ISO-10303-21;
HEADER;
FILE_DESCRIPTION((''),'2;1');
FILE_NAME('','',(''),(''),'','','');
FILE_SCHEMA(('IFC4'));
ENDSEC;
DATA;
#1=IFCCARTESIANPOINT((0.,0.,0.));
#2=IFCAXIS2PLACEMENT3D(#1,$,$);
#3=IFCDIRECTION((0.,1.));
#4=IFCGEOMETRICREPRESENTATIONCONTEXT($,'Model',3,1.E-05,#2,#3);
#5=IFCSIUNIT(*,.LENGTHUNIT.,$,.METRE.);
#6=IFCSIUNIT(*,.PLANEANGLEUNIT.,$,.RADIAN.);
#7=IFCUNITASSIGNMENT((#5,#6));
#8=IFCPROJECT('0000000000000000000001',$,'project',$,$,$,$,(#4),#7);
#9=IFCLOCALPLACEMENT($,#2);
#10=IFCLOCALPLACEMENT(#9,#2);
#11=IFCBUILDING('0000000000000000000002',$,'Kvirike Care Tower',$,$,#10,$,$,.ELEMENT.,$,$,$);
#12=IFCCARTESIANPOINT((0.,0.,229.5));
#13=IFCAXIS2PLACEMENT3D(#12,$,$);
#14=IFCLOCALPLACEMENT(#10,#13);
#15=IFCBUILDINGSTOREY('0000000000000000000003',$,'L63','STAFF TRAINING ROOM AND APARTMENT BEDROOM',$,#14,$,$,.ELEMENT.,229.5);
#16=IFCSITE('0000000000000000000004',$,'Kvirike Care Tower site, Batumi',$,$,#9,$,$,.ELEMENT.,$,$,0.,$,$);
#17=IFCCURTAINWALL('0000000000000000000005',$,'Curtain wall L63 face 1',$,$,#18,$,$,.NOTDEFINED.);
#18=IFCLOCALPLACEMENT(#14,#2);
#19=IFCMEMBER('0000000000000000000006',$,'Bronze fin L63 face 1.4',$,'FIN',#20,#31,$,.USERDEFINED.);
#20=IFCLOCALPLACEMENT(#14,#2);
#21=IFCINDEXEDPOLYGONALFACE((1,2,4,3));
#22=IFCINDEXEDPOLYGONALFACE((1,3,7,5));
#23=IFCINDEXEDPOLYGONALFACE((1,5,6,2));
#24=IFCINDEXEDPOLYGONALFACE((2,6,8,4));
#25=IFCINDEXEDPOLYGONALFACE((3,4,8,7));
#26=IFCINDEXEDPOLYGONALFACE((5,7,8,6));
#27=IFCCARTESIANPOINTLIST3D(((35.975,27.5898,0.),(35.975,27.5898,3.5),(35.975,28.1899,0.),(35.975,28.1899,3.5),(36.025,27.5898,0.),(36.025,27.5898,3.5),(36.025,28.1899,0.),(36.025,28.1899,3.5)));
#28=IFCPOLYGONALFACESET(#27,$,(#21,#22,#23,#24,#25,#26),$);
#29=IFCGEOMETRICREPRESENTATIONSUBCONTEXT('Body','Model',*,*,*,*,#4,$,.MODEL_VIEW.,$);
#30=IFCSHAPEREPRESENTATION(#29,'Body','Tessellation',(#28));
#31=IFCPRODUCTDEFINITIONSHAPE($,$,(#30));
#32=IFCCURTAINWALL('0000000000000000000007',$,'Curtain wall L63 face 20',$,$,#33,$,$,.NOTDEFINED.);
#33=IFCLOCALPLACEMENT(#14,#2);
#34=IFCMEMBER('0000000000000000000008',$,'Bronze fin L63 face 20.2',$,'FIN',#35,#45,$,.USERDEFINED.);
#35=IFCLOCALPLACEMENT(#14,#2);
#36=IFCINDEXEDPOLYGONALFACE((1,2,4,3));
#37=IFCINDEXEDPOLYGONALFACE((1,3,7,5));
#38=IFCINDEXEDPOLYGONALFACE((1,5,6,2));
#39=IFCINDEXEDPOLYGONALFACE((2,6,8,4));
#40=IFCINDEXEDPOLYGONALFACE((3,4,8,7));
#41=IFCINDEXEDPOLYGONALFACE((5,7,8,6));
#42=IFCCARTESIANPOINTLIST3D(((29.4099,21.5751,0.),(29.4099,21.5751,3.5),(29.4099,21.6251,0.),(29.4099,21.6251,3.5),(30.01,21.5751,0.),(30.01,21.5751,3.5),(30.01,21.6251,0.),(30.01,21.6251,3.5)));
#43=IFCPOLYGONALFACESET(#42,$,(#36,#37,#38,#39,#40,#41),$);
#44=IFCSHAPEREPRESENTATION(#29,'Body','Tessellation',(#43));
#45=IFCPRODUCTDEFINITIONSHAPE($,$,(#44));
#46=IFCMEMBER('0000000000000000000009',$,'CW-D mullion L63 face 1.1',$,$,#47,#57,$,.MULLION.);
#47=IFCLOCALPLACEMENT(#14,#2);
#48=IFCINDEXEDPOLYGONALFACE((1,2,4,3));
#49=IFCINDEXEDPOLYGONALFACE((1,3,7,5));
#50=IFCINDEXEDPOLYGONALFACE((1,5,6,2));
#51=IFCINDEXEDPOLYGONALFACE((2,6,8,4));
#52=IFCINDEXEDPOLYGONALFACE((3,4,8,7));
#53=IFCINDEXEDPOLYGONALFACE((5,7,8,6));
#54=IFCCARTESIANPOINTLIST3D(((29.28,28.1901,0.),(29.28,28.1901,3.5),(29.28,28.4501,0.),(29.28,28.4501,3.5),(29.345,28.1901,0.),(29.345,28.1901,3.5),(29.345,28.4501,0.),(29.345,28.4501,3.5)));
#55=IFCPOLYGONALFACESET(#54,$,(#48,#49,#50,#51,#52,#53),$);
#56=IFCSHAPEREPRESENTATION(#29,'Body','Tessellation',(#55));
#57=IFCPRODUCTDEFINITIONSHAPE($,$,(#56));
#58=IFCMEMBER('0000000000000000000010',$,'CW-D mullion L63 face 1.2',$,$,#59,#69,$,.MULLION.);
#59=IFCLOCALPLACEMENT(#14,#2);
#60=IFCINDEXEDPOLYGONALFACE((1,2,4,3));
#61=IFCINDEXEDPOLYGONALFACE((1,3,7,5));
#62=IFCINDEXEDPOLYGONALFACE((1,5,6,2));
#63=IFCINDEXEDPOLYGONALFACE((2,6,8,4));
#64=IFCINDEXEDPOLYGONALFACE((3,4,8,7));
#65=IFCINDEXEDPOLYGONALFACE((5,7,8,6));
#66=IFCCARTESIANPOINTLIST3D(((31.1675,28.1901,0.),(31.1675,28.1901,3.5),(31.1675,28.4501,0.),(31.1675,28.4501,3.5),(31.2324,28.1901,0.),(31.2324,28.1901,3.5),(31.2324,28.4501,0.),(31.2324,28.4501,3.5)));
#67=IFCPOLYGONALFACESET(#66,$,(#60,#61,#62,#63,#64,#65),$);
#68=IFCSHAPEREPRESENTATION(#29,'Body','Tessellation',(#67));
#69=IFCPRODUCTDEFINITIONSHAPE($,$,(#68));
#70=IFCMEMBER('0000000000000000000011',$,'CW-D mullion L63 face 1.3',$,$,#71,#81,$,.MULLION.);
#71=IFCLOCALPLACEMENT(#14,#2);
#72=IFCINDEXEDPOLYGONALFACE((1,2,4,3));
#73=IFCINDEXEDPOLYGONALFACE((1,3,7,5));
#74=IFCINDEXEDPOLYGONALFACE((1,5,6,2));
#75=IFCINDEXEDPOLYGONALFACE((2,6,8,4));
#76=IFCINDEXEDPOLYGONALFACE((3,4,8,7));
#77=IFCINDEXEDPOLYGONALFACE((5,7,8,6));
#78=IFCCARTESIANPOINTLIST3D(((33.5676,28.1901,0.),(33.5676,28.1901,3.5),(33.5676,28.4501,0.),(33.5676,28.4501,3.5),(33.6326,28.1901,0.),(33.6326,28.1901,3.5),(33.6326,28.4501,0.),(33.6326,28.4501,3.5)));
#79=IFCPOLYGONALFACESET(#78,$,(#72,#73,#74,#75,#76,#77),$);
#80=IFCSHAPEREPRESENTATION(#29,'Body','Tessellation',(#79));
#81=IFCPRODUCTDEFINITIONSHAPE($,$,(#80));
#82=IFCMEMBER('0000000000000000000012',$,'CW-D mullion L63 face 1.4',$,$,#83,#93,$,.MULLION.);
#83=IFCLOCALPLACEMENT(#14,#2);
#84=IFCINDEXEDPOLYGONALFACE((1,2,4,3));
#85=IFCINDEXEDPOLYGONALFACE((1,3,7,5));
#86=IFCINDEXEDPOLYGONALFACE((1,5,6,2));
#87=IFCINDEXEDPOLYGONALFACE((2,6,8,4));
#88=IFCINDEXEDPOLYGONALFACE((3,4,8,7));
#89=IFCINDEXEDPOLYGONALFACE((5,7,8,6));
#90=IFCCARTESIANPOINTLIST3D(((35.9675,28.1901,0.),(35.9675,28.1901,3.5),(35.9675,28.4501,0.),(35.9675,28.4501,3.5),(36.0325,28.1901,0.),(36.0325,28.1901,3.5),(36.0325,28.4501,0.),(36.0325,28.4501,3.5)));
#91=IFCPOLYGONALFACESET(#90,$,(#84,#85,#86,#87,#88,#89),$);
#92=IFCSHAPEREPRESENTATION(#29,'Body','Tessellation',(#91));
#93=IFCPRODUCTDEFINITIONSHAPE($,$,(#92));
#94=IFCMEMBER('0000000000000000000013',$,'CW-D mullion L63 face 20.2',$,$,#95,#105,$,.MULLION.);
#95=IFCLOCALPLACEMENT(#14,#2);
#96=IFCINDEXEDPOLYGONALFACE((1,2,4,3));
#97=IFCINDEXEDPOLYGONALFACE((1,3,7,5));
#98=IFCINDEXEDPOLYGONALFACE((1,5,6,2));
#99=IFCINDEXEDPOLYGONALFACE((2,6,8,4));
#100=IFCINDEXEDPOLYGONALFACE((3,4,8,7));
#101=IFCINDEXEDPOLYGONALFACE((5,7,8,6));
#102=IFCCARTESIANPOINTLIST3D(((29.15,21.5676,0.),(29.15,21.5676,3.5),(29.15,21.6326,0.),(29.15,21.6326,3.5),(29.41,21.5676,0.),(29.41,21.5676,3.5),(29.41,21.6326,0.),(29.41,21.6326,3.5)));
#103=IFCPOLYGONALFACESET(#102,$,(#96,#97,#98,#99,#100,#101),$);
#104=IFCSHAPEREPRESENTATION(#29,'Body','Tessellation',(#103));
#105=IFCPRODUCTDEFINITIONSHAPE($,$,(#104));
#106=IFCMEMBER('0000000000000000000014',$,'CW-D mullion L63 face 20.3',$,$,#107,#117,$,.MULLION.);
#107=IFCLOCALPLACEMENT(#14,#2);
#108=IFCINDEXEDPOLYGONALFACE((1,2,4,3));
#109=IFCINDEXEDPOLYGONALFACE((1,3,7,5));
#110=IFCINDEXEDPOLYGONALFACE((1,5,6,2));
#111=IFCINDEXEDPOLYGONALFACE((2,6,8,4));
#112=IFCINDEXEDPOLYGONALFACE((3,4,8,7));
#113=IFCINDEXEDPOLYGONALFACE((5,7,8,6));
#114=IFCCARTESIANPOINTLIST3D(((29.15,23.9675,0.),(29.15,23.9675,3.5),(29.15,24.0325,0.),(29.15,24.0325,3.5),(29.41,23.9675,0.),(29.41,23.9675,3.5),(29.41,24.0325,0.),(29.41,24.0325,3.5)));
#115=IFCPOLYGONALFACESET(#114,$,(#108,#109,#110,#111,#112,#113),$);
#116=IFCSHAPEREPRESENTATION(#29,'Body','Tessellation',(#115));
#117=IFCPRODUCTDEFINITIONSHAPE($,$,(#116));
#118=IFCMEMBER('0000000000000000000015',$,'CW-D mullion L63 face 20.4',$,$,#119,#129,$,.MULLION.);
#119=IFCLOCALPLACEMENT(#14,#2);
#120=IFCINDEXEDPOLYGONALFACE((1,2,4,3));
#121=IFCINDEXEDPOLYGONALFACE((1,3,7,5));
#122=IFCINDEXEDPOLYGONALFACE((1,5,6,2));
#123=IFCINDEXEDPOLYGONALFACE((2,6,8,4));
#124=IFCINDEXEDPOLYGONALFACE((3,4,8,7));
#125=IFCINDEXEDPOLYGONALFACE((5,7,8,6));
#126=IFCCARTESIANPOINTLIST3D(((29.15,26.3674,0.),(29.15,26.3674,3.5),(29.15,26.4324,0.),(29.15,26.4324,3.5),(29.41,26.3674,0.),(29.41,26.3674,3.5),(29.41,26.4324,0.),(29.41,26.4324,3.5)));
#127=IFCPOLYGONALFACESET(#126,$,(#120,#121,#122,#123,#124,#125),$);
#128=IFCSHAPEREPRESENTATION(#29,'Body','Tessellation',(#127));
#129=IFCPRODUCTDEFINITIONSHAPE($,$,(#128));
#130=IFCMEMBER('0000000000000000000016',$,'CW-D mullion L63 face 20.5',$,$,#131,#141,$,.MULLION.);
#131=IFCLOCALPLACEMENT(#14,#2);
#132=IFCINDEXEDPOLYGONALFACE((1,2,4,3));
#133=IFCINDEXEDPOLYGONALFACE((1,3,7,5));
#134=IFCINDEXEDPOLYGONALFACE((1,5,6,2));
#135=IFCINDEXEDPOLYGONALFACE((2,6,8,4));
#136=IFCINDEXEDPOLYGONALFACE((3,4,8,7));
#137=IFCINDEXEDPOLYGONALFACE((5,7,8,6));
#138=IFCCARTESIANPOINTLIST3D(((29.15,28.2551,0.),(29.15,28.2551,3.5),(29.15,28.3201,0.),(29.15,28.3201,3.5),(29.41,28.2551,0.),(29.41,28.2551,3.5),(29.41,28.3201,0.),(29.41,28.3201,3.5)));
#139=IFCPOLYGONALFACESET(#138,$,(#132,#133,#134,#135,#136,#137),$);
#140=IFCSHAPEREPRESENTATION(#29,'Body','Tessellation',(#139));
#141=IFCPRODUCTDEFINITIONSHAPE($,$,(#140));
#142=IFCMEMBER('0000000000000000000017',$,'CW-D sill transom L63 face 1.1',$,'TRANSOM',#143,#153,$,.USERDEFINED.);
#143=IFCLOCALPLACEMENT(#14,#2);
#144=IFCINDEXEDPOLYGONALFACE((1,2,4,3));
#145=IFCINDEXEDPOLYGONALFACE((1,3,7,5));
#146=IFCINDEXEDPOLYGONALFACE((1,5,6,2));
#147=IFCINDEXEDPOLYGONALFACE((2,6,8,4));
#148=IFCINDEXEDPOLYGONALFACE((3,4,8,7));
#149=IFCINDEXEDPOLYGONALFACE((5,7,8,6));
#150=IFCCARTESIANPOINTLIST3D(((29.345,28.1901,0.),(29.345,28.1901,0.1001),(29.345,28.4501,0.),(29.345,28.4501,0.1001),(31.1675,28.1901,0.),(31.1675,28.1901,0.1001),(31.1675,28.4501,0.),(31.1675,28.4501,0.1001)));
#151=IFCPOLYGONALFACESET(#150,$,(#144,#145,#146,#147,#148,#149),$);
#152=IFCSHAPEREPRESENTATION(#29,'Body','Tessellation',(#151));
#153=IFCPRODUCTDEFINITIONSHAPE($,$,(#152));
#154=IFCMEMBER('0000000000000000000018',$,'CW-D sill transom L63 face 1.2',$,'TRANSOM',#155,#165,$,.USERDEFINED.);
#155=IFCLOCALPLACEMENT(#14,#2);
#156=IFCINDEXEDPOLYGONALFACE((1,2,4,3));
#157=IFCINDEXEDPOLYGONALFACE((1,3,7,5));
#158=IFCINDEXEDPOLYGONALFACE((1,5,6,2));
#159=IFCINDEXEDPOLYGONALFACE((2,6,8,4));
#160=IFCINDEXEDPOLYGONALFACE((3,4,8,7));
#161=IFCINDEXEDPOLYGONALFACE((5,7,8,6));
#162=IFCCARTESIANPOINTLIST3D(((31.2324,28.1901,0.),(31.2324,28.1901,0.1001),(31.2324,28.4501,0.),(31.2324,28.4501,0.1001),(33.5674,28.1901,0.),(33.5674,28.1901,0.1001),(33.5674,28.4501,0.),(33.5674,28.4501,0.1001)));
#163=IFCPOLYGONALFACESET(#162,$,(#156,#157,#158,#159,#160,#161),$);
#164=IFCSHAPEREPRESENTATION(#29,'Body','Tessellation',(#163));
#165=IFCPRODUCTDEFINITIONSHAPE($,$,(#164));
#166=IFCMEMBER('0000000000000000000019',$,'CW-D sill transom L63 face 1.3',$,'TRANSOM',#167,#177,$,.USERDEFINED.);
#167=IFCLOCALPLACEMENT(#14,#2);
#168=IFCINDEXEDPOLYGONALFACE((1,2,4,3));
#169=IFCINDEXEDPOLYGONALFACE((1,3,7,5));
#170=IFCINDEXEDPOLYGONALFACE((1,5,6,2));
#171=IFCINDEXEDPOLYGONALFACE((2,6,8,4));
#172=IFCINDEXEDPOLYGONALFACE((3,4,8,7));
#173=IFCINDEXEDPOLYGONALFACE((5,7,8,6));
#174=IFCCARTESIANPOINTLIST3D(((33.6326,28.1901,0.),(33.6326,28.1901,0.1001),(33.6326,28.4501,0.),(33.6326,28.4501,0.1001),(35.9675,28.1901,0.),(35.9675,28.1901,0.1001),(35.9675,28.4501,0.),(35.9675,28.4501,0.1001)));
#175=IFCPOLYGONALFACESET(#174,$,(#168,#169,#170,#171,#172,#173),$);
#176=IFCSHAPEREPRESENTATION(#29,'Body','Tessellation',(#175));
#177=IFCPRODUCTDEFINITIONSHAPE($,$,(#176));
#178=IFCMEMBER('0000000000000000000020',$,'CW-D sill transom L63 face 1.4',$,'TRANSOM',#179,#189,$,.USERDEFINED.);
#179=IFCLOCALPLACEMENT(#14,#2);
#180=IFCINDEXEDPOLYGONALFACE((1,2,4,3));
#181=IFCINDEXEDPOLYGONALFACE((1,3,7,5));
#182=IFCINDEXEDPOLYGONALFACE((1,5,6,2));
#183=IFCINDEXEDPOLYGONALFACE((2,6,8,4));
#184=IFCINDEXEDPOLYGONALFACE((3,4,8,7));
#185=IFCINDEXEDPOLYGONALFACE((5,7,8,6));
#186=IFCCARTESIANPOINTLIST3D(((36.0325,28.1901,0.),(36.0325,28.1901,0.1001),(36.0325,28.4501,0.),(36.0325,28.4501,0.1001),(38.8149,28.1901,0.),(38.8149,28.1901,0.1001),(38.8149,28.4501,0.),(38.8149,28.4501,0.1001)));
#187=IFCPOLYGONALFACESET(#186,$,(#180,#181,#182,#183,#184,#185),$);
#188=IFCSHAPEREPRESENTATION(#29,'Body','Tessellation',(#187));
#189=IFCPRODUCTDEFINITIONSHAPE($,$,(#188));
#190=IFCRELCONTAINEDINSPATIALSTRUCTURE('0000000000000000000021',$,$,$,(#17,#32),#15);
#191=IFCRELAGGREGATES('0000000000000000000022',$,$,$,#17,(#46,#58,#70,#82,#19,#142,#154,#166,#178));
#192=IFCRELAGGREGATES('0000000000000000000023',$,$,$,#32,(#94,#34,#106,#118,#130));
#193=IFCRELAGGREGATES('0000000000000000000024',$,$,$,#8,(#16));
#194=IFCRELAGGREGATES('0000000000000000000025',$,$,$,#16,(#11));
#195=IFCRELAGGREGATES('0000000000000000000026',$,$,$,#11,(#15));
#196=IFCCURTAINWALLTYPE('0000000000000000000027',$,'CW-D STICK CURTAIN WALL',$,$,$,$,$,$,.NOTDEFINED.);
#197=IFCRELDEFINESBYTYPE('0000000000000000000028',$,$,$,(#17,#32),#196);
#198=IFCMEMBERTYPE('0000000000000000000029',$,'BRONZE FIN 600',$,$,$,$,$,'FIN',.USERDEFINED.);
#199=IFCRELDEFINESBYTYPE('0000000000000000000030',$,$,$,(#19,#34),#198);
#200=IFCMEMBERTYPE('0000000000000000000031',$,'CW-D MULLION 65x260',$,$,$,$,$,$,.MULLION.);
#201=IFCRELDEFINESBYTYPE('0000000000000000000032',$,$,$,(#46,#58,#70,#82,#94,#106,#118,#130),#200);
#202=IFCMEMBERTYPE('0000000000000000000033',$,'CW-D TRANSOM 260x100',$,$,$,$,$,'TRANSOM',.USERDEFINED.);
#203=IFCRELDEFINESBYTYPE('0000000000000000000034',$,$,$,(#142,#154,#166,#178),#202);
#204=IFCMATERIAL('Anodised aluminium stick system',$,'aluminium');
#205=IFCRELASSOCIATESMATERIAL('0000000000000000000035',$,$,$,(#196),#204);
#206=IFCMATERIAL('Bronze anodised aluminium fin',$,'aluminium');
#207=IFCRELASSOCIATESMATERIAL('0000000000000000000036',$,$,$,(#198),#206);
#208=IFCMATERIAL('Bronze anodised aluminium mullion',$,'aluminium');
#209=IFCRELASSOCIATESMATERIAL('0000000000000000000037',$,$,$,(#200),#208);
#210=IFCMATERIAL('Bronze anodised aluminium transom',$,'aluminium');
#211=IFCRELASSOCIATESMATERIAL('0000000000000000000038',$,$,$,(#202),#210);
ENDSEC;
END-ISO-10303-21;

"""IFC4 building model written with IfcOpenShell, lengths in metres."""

from ifc_helpers import new_model, si_unit, direction, frame, origin, origin_2d, place, context, subcontext, project, spatial, rectangle, extrude, material, material_profile, profile_set, type_object, element, aggregate, save


model = new_model("IFC4")

# Units and contexts
model_context = context("Model", 3, precision=1e-05, world=origin(), true_north=direction((0.0, 1.0)))
body_context = subcontext(model_context, "Body", "Model", "MODEL_VIEW")
ifc_project = project(units=[si_unit("LENGTHUNIT", "METRE"), si_unit("PLANEANGLEUNIT", "RADIAN")], contexts=[model_context])

# Site, building, storey
site_placement = place(None, origin())
site = spatial("IfcSite", under=ifc_project, at=site_placement, Name="Kvirike Care Tower site, Batumi", CompositionType="ELEMENT", RefElevation=0.0)
building_placement = place(site_placement, origin())
building = spatial("IfcBuilding", under=site, at=building_placement, Name="Kvirike Care Tower", CompositionType="ELEMENT")
storey_placement = place(building_placement, frame((0.0, 0.0, 229.5)))
storey = spatial("IfcBuildingStorey", under=building, at=storey_placement, Name="L63", Description="STAFF TRAINING ROOM AND APARTMENT BEDROOM", CompositionType="ELEMENT", Elevation=229.5)

# Curtain walls, members
ifc_material_1 = material(Name="Anodised aluminium stick system", Category="aluminium")
curtain_wall_type = type_object("IfcCurtainWallType", Name="CW-D STICK CURTAIN WALL", PredefinedType="NOTDEFINED", material=ifc_material_1)
curtain_wall_1_placement = place(storey_placement, origin())
curtain_wall_1 = element("IfcCurtainWall", 1, at=curtain_wall_1_placement, inside=storey, type_object=curtain_wall_type, Name="Curtain wall L63 face 1", PredefinedType="NOTDEFINED")
ifc_material_2 = material(Name="Bronze anodised aluminium fin", Category="aluminium")
ifc_material_profile_1 = material_profile(ifc_material_2, rectangle(XDim=0.05, YDim=0.6001, at=origin_2d()), Name="BRONZE FIN 600")
ifc_profile_set_1 = profile_set([ifc_material_profile_1], Name="Bronze anodised aluminium fin")
member_type_1 = type_object("IfcMemberType", Name="BRONZE FIN 600", ElementType="FIN", PredefinedType="USERDEFINED", material=ifc_profile_set_1)
member_1_placement = place(storey_placement, frame((36.0, 27.8899, 0.0), z_axis=(0.0, 0.0, 1.0), x_axis=(1.0, 0.0, 0.0)))
member_1 = element("IfcMember", 2, at=member_1_placement, type_object=member_type_1, Name="Bronze fin L63 face 1.4", ObjectType="FIN", PredefinedType="USERDEFINED", context=body_context, shape_type="SweptSolid", body=[
    extrude(rectangle(XDim=0.05, YDim=0.6001, at=origin_2d()), origin(), (0.0, 0.0, 1.0), 3.5),
])
curtain_wall_2_placement = place(storey_placement, origin())
curtain_wall_2 = element("IfcCurtainWall", 3, at=curtain_wall_2_placement, inside=storey, type_object=curtain_wall_type, Name="Curtain wall L63 face 20", PredefinedType="NOTDEFINED")
member_2_placement = place(storey_placement, frame((29.71, 21.6001, 0.0), z_axis=(0.0, 0.0, 1.0), x_axis=(0.0, 1.0, 0.0)))
member_2 = element("IfcMember", 4, at=member_2_placement, type_object=member_type_1, Name="Bronze fin L63 face 20.2", ObjectType="FIN", PredefinedType="USERDEFINED", context=body_context, shape_type="SweptSolid", body=[
    extrude(rectangle(XDim=0.05, YDim=0.6001, at=origin_2d()), origin(), (0.0, 0.0, 1.0), 3.5),
])

# Members
ifc_material_3 = material(Name="Bronze anodised aluminium mullion", Category="aluminium")
ifc_material_profile_2 = material_profile(ifc_material_3, rectangle(XDim=0.0649, YDim=0.26, at=origin_2d()), Name="CW-D MULLION 65x260")
ifc_profile_set_2 = profile_set([ifc_material_profile_2], Name="Bronze anodised aluminium mullion")
member_type_2 = type_object("IfcMemberType", Name="CW-D MULLION 65x260", PredefinedType="MULLION", material=ifc_profile_set_2)
member_3_placement = place(storey_placement, frame((29.3125, 28.3201, 0.0), z_axis=(0.0, 0.0, 1.0), x_axis=(1.0, 0.0, 0.0)))
member_3 = element("IfcMember", 5, at=member_3_placement, type_object=member_type_2, Name="CW-D mullion L63 face 1.1", PredefinedType="MULLION", context=body_context, shape_type="SweptSolid", body=[
    extrude(rectangle(XDim=0.0649, YDim=0.26, at=origin_2d()), origin(), (0.0, 0.0, 1.0), 3.5),
])
member_4_placement = place(storey_placement, frame((31.2, 28.3201, 0.0), z_axis=(0.0, 0.0, 1.0), x_axis=(1.0, 0.0, 0.0)))
member_4 = element("IfcMember", 6, at=member_4_placement, type_object=member_type_2, Name="CW-D mullion L63 face 1.2", PredefinedType="MULLION", context=body_context, shape_type="SweptSolid", body=[
    extrude(rectangle(XDim=0.0649, YDim=0.26, at=origin_2d()), origin(), (0.0, 0.0, 1.0), 3.5),
])
member_5_placement = place(storey_placement, frame((33.6001, 28.3201, 0.0), z_axis=(0.0, 0.0, 1.0), x_axis=(1.0, 0.0, 0.0)))
member_5 = element("IfcMember", 7, at=member_5_placement, type_object=member_type_2, Name="CW-D mullion L63 face 1.3", PredefinedType="MULLION", context=body_context, shape_type="SweptSolid", body=[
    extrude(rectangle(XDim=0.0649, YDim=0.26, at=origin_2d()), origin(), (0.0, 0.0, 1.0), 3.5),
])
member_6_placement = place(storey_placement, frame((36.0, 28.3201, 0.0), z_axis=(0.0, 0.0, 1.0), x_axis=(1.0, 0.0, 0.0)))
member_6 = element("IfcMember", 8, at=member_6_placement, type_object=member_type_2, Name="CW-D mullion L63 face 1.4", PredefinedType="MULLION", context=body_context, shape_type="SweptSolid", body=[
    extrude(rectangle(XDim=0.0649, YDim=0.26, at=origin_2d()), origin(), (0.0, 0.0, 1.0), 3.5),
])
member_7_placement = place(storey_placement, frame((29.28, 21.6001, 0.0), z_axis=(0.0, 0.0, 1.0), x_axis=(0.0, 1.0, 0.0)))
member_7 = element("IfcMember", 9, at=member_7_placement, type_object=member_type_2, Name="CW-D mullion L63 face 20.2", PredefinedType="MULLION", context=body_context, shape_type="SweptSolid", body=[
    extrude(rectangle(XDim=0.0649, YDim=0.26, at=origin_2d()), origin(), (0.0, 0.0, 1.0), 3.5),
])
member_8_placement = place(storey_placement, frame((29.28, 24.0, 0.0), z_axis=(0.0, 0.0, 1.0), x_axis=(0.0, 1.0, 0.0)))
member_8 = element("IfcMember", 10, at=member_8_placement, type_object=member_type_2, Name="CW-D mullion L63 face 20.3", PredefinedType="MULLION", context=body_context, shape_type="SweptSolid", body=[
    extrude(rectangle(XDim=0.0649, YDim=0.26, at=origin_2d()), origin(), (0.0, 0.0, 1.0), 3.5),
])
member_9_placement = place(storey_placement, frame((29.28, 26.3999, 0.0), z_axis=(0.0, 0.0, 1.0), x_axis=(0.0, 1.0, 0.0)))
member_9 = element("IfcMember", 11, at=member_9_placement, type_object=member_type_2, Name="CW-D mullion L63 face 20.4", PredefinedType="MULLION", context=body_context, shape_type="SweptSolid", body=[
    extrude(rectangle(XDim=0.0649, YDim=0.26, at=origin_2d()), origin(), (0.0, 0.0, 1.0), 3.5),
])
member_10_placement = place(storey_placement, frame((29.28, 28.2876, 0.0), z_axis=(0.0, 0.0, 1.0), x_axis=(0.0, 1.0, 0.0)))
member_10 = element("IfcMember", 12, at=member_10_placement, type_object=member_type_2, Name="CW-D mullion L63 face 20.5", PredefinedType="MULLION", context=body_context, shape_type="SweptSolid", body=[
    extrude(rectangle(XDim=0.0649, YDim=0.26, at=origin_2d()), origin(), (0.0, 0.0, 1.0), 3.5),
])
ifc_material_4 = material(Name="Bronze anodised aluminium transom", Category="aluminium")
ifc_material_profile_3 = material_profile(ifc_material_4, rectangle(XDim=0.26, YDim=0.1001, at=origin_2d()), Name="CW-D TRANSOM 260x100")
ifc_profile_set_3 = profile_set([ifc_material_profile_3], Name="Bronze anodised aluminium transom")
member_type_3 = type_object("IfcMemberType", Name="CW-D TRANSOM 260x100", ElementType="TRANSOM", PredefinedType="USERDEFINED", material=ifc_profile_set_3)
member_11_placement = place(storey_placement, frame((29.345, 28.3201, 0.05), z_axis=(1.0, 0.0, 0.0), x_axis=(0.0, 1.0, 0.0)))
member_11 = element("IfcMember", 13, at=member_11_placement, type_object=member_type_3, Name="CW-D sill transom L63 face 1.1", ObjectType="TRANSOM", PredefinedType="USERDEFINED", context=body_context, shape_type="SweptSolid", body=[
    extrude(rectangle(XDim=0.26, YDim=0.1001, at=origin_2d()), origin(), (0.0, 0.0, 1.0), 1.8225),
])
member_12_placement = place(storey_placement, frame((31.2324, 28.3201, 0.05), z_axis=(1.0, 0.0, 0.0), x_axis=(0.0, 1.0, 0.0)))
member_12 = element("IfcMember", 14, at=member_12_placement, type_object=member_type_3, Name="CW-D sill transom L63 face 1.2", ObjectType="TRANSOM", PredefinedType="USERDEFINED", context=body_context, shape_type="SweptSolid", body=[
    extrude(rectangle(XDim=0.26, YDim=0.1001, at=origin_2d()), origin(), (0.0, 0.0, 1.0), 2.335),
])
member_13_placement = place(storey_placement, frame((33.6326, 28.3201, 0.05), z_axis=(1.0, 0.0, 0.0), x_axis=(0.0, 1.0, 0.0)))
member_13 = element("IfcMember", 15, at=member_13_placement, type_object=member_type_3, Name="CW-D sill transom L63 face 1.3", ObjectType="TRANSOM", PredefinedType="USERDEFINED", context=body_context, shape_type="SweptSolid", body=[
    extrude(rectangle(XDim=0.26, YDim=0.1001, at=origin_2d()), origin(), (0.0, 0.0, 1.0), 2.335),
])
member_14_placement = place(storey_placement, frame((36.0325, 28.3201, 0.05), z_axis=(1.0, 0.0, 0.0), x_axis=(0.0, 1.0, 0.0)))
member_14 = element("IfcMember", 16, at=member_14_placement, type_object=member_type_3, Name="CW-D sill transom L63 face 1.4", ObjectType="TRANSOM", PredefinedType="USERDEFINED", context=body_context, shape_type="SweptSolid", body=[
    extrude(rectangle(XDim=0.26, YDim=0.1001, at=origin_2d()), origin(), (0.0, 0.0, 1.0), 2.7825),
])

aggregate(curtain_wall_1, [member_3, member_4, member_5, member_6, member_1, member_11, member_12, member_13, member_14])
aggregate(curtain_wall_2, [member_7, member_2, member_8, member_9, member_10])

save(model, "model.ifc")
